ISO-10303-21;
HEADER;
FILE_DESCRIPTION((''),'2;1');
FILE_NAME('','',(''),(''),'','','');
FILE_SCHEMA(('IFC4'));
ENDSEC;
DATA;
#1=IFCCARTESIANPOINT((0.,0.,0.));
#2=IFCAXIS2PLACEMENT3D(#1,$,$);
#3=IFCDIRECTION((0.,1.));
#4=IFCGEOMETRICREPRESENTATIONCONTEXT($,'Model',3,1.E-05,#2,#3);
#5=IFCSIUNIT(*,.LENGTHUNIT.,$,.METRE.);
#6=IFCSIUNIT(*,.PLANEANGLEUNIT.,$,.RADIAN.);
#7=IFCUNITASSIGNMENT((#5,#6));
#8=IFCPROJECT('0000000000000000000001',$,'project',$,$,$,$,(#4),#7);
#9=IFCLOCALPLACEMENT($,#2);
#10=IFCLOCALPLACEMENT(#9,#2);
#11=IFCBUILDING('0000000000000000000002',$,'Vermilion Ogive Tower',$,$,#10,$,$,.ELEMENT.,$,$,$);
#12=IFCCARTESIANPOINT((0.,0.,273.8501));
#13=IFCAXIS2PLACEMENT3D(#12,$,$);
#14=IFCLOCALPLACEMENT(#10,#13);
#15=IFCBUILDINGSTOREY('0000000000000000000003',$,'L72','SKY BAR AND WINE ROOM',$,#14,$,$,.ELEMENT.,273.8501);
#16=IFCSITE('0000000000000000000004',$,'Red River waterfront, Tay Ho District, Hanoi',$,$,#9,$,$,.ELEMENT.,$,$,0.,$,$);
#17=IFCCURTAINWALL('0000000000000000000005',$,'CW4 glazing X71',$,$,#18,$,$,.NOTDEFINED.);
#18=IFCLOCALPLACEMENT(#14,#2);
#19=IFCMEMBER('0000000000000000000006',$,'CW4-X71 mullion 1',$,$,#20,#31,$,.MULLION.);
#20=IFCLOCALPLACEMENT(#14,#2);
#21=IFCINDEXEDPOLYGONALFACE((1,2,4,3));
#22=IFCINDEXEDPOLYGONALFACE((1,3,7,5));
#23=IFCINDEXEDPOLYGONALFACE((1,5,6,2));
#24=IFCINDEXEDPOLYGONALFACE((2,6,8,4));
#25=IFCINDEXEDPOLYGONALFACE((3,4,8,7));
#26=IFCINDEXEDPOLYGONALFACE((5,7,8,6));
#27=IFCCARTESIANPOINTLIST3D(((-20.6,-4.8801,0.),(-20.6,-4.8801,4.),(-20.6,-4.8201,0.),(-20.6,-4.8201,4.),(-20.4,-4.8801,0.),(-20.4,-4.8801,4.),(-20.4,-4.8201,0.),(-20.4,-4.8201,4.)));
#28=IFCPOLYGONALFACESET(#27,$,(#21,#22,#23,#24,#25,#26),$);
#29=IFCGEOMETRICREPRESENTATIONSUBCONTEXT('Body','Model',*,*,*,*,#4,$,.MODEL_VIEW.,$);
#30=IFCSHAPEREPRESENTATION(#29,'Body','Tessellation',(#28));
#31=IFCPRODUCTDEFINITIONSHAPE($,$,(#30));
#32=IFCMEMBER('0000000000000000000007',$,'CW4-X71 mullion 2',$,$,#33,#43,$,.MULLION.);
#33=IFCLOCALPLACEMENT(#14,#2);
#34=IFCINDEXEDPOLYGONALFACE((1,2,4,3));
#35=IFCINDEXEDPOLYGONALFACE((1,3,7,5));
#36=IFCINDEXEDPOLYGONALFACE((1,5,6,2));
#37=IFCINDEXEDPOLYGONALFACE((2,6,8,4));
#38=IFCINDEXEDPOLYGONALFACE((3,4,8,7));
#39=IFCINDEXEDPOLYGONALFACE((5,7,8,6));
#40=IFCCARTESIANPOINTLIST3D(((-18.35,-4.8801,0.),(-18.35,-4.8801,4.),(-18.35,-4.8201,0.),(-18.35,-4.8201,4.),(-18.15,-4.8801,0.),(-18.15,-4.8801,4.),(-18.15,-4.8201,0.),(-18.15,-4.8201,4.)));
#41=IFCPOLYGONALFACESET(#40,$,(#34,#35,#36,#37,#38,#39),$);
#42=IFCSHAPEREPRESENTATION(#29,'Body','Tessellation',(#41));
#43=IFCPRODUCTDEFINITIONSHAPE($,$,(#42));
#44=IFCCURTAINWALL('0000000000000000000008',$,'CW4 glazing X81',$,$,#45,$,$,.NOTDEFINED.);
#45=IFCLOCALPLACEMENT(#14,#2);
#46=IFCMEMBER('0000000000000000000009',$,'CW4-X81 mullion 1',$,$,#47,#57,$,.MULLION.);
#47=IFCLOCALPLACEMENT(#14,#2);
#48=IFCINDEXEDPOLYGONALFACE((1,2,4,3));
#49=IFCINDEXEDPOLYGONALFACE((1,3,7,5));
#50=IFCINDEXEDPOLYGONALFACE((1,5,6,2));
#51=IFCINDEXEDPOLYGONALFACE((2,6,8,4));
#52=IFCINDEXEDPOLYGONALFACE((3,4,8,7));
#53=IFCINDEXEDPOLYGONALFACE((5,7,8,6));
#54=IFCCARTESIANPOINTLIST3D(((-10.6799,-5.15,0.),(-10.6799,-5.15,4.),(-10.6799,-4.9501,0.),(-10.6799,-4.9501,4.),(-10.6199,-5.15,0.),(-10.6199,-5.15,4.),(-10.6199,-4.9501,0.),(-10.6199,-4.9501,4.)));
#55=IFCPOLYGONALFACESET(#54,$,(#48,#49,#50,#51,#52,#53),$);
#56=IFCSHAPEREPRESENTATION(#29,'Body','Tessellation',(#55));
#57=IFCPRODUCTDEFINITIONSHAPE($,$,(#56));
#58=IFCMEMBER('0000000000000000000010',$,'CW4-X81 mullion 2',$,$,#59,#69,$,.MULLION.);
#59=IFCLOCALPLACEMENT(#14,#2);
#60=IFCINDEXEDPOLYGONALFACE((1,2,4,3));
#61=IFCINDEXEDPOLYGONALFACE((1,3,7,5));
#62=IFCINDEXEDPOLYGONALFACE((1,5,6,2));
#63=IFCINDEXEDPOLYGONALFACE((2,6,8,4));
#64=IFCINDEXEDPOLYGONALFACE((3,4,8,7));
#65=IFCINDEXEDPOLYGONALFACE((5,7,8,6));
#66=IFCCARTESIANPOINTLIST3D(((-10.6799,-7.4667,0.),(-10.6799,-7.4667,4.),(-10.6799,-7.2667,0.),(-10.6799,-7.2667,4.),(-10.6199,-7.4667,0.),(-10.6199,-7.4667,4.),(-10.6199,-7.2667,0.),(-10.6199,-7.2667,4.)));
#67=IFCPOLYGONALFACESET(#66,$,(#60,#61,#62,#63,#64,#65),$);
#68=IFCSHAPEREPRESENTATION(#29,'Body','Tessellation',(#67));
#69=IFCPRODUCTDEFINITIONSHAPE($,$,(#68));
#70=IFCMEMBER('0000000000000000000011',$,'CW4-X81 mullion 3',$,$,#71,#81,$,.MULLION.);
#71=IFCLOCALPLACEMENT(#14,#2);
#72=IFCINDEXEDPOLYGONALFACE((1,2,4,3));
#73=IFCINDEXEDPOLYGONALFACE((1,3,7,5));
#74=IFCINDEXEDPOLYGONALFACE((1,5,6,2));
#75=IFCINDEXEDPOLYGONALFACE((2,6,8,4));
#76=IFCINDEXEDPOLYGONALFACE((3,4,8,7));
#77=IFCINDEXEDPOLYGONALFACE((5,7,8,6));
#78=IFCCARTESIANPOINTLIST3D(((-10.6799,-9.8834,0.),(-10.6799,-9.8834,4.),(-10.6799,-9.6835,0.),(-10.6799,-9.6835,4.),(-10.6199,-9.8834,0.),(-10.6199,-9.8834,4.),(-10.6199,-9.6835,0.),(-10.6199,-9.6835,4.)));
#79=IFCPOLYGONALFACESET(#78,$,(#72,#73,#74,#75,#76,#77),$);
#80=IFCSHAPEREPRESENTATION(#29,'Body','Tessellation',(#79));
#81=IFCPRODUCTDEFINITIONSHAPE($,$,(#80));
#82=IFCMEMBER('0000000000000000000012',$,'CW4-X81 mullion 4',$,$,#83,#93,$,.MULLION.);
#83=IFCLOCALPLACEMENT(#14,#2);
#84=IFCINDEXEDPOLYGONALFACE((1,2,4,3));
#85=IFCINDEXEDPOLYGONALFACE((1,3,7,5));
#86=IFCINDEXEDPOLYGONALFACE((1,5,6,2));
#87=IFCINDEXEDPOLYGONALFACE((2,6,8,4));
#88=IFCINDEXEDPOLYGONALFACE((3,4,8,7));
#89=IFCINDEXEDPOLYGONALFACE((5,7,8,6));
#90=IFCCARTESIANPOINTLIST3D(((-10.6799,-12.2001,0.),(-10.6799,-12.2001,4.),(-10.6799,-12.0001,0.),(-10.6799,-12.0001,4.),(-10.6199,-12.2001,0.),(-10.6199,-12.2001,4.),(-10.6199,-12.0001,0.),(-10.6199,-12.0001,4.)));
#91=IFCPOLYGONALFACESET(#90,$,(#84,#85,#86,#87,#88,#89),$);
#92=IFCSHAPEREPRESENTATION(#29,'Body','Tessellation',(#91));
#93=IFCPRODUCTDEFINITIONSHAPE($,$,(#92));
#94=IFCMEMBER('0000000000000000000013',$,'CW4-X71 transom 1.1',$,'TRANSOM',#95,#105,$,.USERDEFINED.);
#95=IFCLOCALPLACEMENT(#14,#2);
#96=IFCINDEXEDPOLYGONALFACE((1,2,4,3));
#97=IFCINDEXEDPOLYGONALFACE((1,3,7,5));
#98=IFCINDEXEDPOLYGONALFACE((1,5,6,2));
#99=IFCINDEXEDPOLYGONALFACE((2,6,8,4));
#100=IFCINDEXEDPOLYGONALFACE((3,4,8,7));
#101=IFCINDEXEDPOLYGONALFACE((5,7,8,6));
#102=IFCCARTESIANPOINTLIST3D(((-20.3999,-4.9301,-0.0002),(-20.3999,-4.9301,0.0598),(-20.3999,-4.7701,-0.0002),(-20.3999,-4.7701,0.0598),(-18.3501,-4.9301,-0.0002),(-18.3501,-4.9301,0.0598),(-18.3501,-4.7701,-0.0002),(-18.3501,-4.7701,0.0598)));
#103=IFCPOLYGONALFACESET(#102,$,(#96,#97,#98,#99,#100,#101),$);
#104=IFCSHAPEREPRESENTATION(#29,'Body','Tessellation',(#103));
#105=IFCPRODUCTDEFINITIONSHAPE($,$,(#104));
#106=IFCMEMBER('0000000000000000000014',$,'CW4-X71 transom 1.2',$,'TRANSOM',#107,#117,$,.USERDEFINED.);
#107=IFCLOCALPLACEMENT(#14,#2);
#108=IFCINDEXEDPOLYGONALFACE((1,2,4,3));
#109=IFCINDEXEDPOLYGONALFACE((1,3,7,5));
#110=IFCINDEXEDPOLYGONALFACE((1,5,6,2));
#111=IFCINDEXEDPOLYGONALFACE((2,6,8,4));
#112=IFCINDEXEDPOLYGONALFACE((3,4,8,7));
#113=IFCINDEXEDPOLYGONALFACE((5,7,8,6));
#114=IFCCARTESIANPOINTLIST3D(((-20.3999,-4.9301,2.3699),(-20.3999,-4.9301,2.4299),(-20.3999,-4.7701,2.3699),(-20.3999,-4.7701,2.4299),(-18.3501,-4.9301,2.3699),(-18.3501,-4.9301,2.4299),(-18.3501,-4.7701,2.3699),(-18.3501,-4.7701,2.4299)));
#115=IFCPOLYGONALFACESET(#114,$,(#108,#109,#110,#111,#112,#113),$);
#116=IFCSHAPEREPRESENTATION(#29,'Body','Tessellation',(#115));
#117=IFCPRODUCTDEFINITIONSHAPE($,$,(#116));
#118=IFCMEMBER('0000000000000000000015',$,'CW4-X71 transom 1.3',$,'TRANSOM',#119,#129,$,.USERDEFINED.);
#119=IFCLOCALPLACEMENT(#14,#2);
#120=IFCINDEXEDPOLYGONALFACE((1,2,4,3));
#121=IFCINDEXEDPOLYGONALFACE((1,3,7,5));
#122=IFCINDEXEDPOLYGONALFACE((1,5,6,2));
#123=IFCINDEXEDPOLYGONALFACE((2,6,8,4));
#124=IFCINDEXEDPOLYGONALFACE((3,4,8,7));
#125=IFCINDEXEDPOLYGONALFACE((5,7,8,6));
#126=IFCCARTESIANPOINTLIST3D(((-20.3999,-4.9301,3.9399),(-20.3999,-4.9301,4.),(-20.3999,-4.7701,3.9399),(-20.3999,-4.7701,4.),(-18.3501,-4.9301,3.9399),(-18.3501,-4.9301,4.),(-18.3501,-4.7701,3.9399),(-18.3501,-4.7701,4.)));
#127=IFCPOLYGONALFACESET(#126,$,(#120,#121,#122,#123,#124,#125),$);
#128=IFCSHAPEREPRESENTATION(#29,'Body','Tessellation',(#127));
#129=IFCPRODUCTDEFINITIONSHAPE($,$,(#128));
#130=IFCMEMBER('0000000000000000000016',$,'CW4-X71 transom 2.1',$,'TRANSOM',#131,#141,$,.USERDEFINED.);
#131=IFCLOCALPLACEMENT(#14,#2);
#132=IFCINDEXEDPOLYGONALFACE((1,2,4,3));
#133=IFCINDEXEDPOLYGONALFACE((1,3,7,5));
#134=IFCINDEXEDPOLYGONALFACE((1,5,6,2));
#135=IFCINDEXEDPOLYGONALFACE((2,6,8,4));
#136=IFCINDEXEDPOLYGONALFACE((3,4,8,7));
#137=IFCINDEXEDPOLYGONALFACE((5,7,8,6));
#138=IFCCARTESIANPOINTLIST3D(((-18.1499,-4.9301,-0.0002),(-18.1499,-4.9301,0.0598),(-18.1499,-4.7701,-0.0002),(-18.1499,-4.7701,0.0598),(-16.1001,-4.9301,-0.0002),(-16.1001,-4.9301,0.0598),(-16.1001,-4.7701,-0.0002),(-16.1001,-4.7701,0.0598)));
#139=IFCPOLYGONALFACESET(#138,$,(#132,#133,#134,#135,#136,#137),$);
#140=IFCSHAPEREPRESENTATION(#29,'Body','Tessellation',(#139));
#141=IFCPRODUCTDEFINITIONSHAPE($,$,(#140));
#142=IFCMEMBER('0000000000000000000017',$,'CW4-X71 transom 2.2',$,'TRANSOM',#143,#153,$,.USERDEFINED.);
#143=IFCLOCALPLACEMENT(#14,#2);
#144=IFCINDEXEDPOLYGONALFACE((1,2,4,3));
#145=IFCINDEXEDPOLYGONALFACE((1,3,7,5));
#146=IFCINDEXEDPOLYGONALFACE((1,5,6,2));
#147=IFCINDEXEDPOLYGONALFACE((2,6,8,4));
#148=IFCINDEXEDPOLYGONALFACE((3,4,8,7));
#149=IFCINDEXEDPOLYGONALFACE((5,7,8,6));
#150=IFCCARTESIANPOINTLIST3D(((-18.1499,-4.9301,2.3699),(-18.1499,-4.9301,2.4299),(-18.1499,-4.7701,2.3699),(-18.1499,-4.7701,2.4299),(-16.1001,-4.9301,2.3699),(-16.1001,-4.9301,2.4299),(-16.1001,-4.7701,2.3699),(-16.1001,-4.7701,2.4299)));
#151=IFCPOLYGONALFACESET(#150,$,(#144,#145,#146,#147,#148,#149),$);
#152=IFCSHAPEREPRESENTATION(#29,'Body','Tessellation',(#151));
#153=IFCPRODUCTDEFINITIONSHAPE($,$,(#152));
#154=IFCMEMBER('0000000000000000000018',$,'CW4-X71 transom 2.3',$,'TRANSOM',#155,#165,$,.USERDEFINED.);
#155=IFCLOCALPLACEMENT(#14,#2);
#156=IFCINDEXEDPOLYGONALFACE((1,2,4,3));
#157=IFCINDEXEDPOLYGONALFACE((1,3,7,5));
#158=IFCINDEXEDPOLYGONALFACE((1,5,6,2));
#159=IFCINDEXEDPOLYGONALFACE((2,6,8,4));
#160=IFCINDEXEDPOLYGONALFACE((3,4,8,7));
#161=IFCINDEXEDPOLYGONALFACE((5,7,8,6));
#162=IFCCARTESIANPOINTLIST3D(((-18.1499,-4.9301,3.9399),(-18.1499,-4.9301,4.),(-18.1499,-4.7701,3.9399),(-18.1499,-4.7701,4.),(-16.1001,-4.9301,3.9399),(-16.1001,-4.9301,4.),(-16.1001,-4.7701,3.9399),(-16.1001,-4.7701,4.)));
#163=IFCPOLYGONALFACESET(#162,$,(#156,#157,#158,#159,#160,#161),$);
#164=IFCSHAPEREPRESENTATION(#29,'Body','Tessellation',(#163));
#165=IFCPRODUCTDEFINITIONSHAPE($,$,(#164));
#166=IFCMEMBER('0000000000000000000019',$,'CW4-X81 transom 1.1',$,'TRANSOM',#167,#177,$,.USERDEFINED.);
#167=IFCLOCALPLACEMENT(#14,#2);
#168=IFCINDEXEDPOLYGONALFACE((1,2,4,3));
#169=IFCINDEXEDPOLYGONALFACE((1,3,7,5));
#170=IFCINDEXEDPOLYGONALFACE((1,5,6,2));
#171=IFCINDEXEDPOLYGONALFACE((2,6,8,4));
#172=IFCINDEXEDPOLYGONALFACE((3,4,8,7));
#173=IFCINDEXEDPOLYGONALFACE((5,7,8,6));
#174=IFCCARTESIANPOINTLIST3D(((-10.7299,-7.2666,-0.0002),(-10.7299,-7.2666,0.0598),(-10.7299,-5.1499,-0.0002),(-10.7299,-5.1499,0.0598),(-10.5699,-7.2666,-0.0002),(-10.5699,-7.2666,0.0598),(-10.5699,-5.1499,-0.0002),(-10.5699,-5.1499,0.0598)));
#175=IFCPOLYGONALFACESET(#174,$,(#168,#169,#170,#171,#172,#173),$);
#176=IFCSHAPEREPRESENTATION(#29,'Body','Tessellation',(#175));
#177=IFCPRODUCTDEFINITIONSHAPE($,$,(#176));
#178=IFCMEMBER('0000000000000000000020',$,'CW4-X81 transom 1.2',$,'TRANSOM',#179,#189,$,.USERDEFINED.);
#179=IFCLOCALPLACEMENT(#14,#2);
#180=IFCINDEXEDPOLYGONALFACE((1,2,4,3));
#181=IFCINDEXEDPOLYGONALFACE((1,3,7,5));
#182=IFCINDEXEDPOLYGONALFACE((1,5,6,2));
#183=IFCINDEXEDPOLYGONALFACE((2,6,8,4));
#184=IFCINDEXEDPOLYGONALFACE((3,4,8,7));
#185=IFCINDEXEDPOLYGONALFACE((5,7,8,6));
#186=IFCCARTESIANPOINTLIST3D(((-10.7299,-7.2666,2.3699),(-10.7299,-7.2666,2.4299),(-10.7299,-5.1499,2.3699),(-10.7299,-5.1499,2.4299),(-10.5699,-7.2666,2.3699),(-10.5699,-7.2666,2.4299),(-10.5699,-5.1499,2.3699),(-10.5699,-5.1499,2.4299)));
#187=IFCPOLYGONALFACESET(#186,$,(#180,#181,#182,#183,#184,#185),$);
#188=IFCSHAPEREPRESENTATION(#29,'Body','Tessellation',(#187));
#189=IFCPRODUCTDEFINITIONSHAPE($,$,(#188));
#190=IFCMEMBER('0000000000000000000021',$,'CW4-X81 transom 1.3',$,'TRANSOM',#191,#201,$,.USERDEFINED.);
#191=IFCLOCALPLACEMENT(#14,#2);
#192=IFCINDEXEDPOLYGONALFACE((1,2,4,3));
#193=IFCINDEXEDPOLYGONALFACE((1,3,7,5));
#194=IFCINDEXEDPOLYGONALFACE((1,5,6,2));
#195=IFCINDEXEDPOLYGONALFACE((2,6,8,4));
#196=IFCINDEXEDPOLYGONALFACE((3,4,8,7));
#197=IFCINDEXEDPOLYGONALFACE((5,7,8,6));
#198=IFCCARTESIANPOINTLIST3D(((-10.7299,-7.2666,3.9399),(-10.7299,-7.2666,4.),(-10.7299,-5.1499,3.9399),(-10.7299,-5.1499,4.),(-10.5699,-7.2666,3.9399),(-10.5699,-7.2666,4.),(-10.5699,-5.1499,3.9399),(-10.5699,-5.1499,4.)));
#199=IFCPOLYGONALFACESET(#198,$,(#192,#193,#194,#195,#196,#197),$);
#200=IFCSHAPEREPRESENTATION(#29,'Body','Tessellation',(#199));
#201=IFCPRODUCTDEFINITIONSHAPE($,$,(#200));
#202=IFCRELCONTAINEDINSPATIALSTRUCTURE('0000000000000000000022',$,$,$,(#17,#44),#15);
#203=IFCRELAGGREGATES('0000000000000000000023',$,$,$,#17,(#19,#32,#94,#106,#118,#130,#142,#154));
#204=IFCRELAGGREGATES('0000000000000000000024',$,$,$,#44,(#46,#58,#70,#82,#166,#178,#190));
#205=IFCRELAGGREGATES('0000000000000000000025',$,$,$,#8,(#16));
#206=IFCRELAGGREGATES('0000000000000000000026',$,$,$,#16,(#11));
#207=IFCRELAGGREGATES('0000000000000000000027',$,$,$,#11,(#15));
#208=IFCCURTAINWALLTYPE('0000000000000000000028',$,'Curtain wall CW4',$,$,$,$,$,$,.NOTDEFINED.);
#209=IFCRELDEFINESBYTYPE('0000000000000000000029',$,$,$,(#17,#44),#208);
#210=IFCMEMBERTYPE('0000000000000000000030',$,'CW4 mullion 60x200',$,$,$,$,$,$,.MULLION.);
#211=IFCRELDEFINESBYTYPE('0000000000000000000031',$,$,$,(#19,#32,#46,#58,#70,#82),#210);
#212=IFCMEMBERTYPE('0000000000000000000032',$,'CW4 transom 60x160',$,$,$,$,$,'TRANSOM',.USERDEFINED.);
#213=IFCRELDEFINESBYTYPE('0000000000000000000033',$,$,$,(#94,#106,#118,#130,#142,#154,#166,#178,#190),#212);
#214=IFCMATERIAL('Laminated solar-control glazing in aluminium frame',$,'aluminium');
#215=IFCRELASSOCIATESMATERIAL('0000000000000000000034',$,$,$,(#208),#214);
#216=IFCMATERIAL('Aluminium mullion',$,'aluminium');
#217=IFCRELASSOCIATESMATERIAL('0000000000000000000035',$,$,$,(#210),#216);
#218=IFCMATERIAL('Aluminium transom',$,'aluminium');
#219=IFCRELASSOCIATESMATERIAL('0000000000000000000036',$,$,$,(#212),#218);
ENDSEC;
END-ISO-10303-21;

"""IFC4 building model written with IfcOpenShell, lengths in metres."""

from ifc_helpers import new_model, si_unit, direction, frame, origin, origin_2d, place, context, subcontext, project, spatial, rectangle, extrude, material, material_profile, profile_set, type_object, element, aggregate, save


model = new_model("IFC4")

# Units and contexts
model_context = context("Model", 3, precision=1e-05, world=origin(), true_north=direction((0.0, 1.0)))
body_context = subcontext(model_context, "Body", "Model", "MODEL_VIEW")
ifc_project = project(units=[si_unit("LENGTHUNIT", "METRE"), si_unit("PLANEANGLEUNIT", "RADIAN")], contexts=[model_context])

# Site, building, storey
site_placement = place(None, origin())
site = spatial("IfcSite", under=ifc_project, at=site_placement, Name="Red River waterfront, Tay Ho District, Hanoi", CompositionType="ELEMENT", RefElevation=0.0)
building_placement = place(site_placement, origin())
building = spatial("IfcBuilding", under=site, at=building_placement, Name="Vermilion Ogive Tower", CompositionType="ELEMENT")
storey_placement = place(building_placement, frame((0.0, 0.0, 273.8501)))
storey = spatial("IfcBuildingStorey", under=building, at=storey_placement, Name="L72", Description="SKY BAR AND WINE ROOM", CompositionType="ELEMENT", Elevation=273.8501)

# Curtain walls, members
ifc_material_1 = material(Name="Laminated solar-control glazing in aluminium frame", Category="aluminium")
curtain_wall_type = type_object("IfcCurtainWallType", Name="Curtain wall CW4", PredefinedType="NOTDEFINED", material=ifc_material_1)
curtain_wall_1_placement = place(storey_placement, origin())
curtain_wall_1 = element("IfcCurtainWall", 1, at=curtain_wall_1_placement, inside=storey, type_object=curtain_wall_type, Name="CW4 glazing X71", PredefinedType="NOTDEFINED")
ifc_material_2 = material(Name="Aluminium mullion", Category="aluminium")
ifc_material_profile_1 = material_profile(ifc_material_2, rectangle(XDim=0.0601, YDim=0.2, at=origin_2d()), Name="AL 60x200")
ifc_profile_set_1 = profile_set([ifc_material_profile_1], Name="Aluminium mullion")
member_type_1 = type_object("IfcMemberType", Name="CW4 mullion 60x200", PredefinedType="MULLION", material=ifc_profile_set_1)
member_1_placement = place(storey_placement, frame((-20.5, -4.8501, 0.0), z_axis=(0.0, 0.0, 1.0), x_axis=(0.0, 1.0, 0.0)))
member_1 = element("IfcMember", 2, at=member_1_placement, type_object=member_type_1, Name="CW4-X71 mullion 1", PredefinedType="MULLION", context=body_context, shape_type="SweptSolid", body=[
    extrude(rectangle(XDim=0.0601, YDim=0.2, at=origin_2d()), origin(), (0.0, 0.0, 1.0), 4.0),
])
member_2_placement = place(storey_placement, frame((-18.25, -4.8501, 0.0), z_axis=(0.0, 0.0, 1.0), x_axis=(0.0, 1.0, 0.0)))
member_2 = element("IfcMember", 3, at=member_2_placement, type_object=member_type_1, Name="CW4-X71 mullion 2", PredefinedType="MULLION", context=body_context, shape_type="SweptSolid", body=[
    extrude(rectangle(XDim=0.0601, YDim=0.2, at=origin_2d()), origin(), (0.0, 0.0, 1.0), 4.0),
])
curtain_wall_2_placement = place(storey_placement, origin())
curtain_wall_2 = element("IfcCurtainWall", 4, at=curtain_wall_2_placement, inside=storey, type_object=curtain_wall_type, Name="CW4 glazing X81", PredefinedType="NOTDEFINED")
member_3_placement = place(storey_placement, frame((-10.6499, -5.05, 0.0), z_axis=(0.0, 0.0, 1.0), x_axis=(1.0, 0.0, 0.0)))
member_3 = element("IfcMember", 5, at=member_3_placement, type_object=member_type_1, Name="CW4-X81 mullion 1", PredefinedType="MULLION", context=body_context, shape_type="SweptSolid", body=[
    extrude(rectangle(XDim=0.0601, YDim=0.2, at=origin_2d()), origin(), (0.0, 0.0, 1.0), 4.0),
])
member_4_placement = place(storey_placement, frame((-10.6499, -7.3667, 0.0), z_axis=(0.0, 0.0, 1.0), x_axis=(1.0, 0.0, 0.0)))
member_4 = element("IfcMember", 6, at=member_4_placement, type_object=member_type_1, Name="CW4-X81 mullion 2", PredefinedType="MULLION", context=body_context, shape_type="SweptSolid", body=[
    extrude(rectangle(XDim=0.0601, YDim=0.2, at=origin_2d()), origin(), (0.0, 0.0, 1.0), 4.0),
])
member_5_placement = place(storey_placement, frame((-10.6499, -9.7834, 0.0), z_axis=(0.0, 0.0, 1.0), x_axis=(1.0, 0.0, 0.0)))
member_5 = element("IfcMember", 7, at=member_5_placement, type_object=member_type_1, Name="CW4-X81 mullion 3", PredefinedType="MULLION", context=body_context, shape_type="SweptSolid", body=[
    extrude(rectangle(XDim=0.0601, YDim=0.2, at=origin_2d()), origin(), (0.0, 0.0, 1.0), 4.0),
])
member_6_placement = place(storey_placement, frame((-10.6499, -12.1001, 0.0), z_axis=(0.0, 0.0, 1.0), x_axis=(1.0, 0.0, 0.0)))
member_6 = element("IfcMember", 8, at=member_6_placement, type_object=member_type_1, Name="CW4-X81 mullion 4", PredefinedType="MULLION", context=body_context, shape_type="SweptSolid", body=[
    extrude(rectangle(XDim=0.0601, YDim=0.2, at=origin_2d()), origin(), (0.0, 0.0, 1.0), 4.0),
])

# Members
ifc_material_3 = material(Name="Aluminium transom", Category="aluminium")
ifc_material_profile_2 = material_profile(ifc_material_3, rectangle(XDim=0.1599, YDim=0.0601, at=origin_2d()), Name="AL 60x160")
ifc_profile_set_2 = profile_set([ifc_material_profile_2], Name="Aluminium transom")
member_type_2 = type_object("IfcMemberType", Name="CW4 transom 60x160", ElementType="TRANSOM", PredefinedType="USERDEFINED", material=ifc_profile_set_2)
member_7_placement = place(storey_placement, frame((-20.3999, -4.8501, 0.0298), z_axis=(1.0, 0.0, 0.0), x_axis=(0.0, 1.0, 0.0)))
member_7 = element("IfcMember", 9, at=member_7_placement, type_object=member_type_2, Name="CW4-X71 transom 1.1", ObjectType="TRANSOM", PredefinedType="USERDEFINED", context=body_context, shape_type="SweptSolid", body=[
    extrude(rectangle(XDim=0.1599, YDim=0.0601, at=origin_2d()), origin(), (0.0, 0.0, 1.0), 2.0498),
])
member_8_placement = place(storey_placement, frame((-20.3999, -4.8501, 2.3999), z_axis=(1.0, 0.0, 0.0), x_axis=(0.0, 1.0, 0.0)))
member_8 = element("IfcMember", 10, at=member_8_placement, type_object=member_type_2, Name="CW4-X71 transom 1.2", ObjectType="TRANSOM", PredefinedType="USERDEFINED", context=body_context, shape_type="SweptSolid", body=[
    extrude(rectangle(XDim=0.1599, YDim=0.0601, at=origin_2d()), origin(), (0.0, 0.0, 1.0), 2.0498),
])
member_9_placement = place(storey_placement, frame((-20.3999, -4.8501, 3.97), z_axis=(1.0, 0.0, 0.0), x_axis=(0.0, 1.0, 0.0)))
member_9 = element("IfcMember", 11, at=member_9_placement, type_object=member_type_2, Name="CW4-X71 transom 1.3", ObjectType="TRANSOM", PredefinedType="USERDEFINED", context=body_context, shape_type="SweptSolid", body=[
    extrude(rectangle(XDim=0.1599, YDim=0.0601, at=origin_2d()), origin(), (0.0, 0.0, 1.0), 2.0498),
])
member_10_placement = place(storey_placement, frame((-18.1499, -4.8501, 0.0298), z_axis=(1.0, 0.0, 0.0), x_axis=(0.0, 1.0, 0.0)))
member_10 = element("IfcMember", 12, at=member_10_placement, type_object=member_type_2, Name="CW4-X71 transom 2.1", ObjectType="TRANSOM", PredefinedType="USERDEFINED", context=body_context, shape_type="SweptSolid", body=[
    extrude(rectangle(XDim=0.1599, YDim=0.0601, at=origin_2d()), origin(), (0.0, 0.0, 1.0), 2.0498),
])
member_11_placement = place(storey_placement, frame((-18.1499, -4.8501, 2.3999), z_axis=(1.0, 0.0, 0.0), x_axis=(0.0, 1.0, 0.0)))
member_11 = element("IfcMember", 13, at=member_11_placement, type_object=member_type_2, Name="CW4-X71 transom 2.2", ObjectType="TRANSOM", PredefinedType="USERDEFINED", context=body_context, shape_type="SweptSolid", body=[
    extrude(rectangle(XDim=0.1599, YDim=0.0601, at=origin_2d()), origin(), (0.0, 0.0, 1.0), 2.0498),
])
member_12_placement = place(storey_placement, frame((-18.1499, -4.8501, 3.97), z_axis=(1.0, 0.0, 0.0), x_axis=(0.0, 1.0, 0.0)))
member_12 = element("IfcMember", 14, at=member_12_placement, type_object=member_type_2, Name="CW4-X71 transom 2.3", ObjectType="TRANSOM", PredefinedType="USERDEFINED", context=body_context, shape_type="SweptSolid", body=[
    extrude(rectangle(XDim=0.1599, YDim=0.0601, at=origin_2d()), origin(), (0.0, 0.0, 1.0), 2.0498),
])
member_13_placement = place(storey_placement, frame((-10.6499, -5.1499, 0.0298), z_axis=(0.0, -1.0, 0.0), x_axis=(1.0, 0.0, 0.0)))
member_13 = element("IfcMember", 15, at=member_13_placement, type_object=member_type_2, Name="CW4-X81 transom 1.1", ObjectType="TRANSOM", PredefinedType="USERDEFINED", context=body_context, shape_type="SweptSolid", body=[
    extrude(rectangle(XDim=0.1599, YDim=0.0601, at=origin_2d()), origin(), (0.0, 0.0, 1.0), 2.1167),
])
member_14_placement = place(storey_placement, frame((-10.6499, -5.1499, 2.3999), z_axis=(0.0, -1.0, 0.0), x_axis=(1.0, 0.0, 0.0)))
member_14 = element("IfcMember", 16, at=member_14_placement, type_object=member_type_2, Name="CW4-X81 transom 1.2", ObjectType="TRANSOM", PredefinedType="USERDEFINED", context=body_context, shape_type="SweptSolid", body=[
    extrude(rectangle(XDim=0.1599, YDim=0.0601, at=origin_2d()), origin(), (0.0, 0.0, 1.0), 2.1167),
])
member_15_placement = place(storey_placement, frame((-10.6499, -5.1499, 3.97), z_axis=(0.0, -1.0, 0.0), x_axis=(1.0, 0.0, 0.0)))
member_15 = element("IfcMember", 17, at=member_15_placement, type_object=member_type_2, Name="CW4-X81 transom 1.3", ObjectType="TRANSOM", PredefinedType="USERDEFINED", context=body_context, shape_type="SweptSolid", body=[
    extrude(rectangle(XDim=0.1599, YDim=0.0601, at=origin_2d()), origin(), (0.0, 0.0, 1.0), 2.1167),
])

aggregate(curtain_wall_1, [member_1, member_2, member_7, member_8, member_9, member_10, member_11, member_12])
aggregate(curtain_wall_2, [member_3, member_4, member_5, member_6, member_13, member_14, member_15])

save(model, "model.ifc")
